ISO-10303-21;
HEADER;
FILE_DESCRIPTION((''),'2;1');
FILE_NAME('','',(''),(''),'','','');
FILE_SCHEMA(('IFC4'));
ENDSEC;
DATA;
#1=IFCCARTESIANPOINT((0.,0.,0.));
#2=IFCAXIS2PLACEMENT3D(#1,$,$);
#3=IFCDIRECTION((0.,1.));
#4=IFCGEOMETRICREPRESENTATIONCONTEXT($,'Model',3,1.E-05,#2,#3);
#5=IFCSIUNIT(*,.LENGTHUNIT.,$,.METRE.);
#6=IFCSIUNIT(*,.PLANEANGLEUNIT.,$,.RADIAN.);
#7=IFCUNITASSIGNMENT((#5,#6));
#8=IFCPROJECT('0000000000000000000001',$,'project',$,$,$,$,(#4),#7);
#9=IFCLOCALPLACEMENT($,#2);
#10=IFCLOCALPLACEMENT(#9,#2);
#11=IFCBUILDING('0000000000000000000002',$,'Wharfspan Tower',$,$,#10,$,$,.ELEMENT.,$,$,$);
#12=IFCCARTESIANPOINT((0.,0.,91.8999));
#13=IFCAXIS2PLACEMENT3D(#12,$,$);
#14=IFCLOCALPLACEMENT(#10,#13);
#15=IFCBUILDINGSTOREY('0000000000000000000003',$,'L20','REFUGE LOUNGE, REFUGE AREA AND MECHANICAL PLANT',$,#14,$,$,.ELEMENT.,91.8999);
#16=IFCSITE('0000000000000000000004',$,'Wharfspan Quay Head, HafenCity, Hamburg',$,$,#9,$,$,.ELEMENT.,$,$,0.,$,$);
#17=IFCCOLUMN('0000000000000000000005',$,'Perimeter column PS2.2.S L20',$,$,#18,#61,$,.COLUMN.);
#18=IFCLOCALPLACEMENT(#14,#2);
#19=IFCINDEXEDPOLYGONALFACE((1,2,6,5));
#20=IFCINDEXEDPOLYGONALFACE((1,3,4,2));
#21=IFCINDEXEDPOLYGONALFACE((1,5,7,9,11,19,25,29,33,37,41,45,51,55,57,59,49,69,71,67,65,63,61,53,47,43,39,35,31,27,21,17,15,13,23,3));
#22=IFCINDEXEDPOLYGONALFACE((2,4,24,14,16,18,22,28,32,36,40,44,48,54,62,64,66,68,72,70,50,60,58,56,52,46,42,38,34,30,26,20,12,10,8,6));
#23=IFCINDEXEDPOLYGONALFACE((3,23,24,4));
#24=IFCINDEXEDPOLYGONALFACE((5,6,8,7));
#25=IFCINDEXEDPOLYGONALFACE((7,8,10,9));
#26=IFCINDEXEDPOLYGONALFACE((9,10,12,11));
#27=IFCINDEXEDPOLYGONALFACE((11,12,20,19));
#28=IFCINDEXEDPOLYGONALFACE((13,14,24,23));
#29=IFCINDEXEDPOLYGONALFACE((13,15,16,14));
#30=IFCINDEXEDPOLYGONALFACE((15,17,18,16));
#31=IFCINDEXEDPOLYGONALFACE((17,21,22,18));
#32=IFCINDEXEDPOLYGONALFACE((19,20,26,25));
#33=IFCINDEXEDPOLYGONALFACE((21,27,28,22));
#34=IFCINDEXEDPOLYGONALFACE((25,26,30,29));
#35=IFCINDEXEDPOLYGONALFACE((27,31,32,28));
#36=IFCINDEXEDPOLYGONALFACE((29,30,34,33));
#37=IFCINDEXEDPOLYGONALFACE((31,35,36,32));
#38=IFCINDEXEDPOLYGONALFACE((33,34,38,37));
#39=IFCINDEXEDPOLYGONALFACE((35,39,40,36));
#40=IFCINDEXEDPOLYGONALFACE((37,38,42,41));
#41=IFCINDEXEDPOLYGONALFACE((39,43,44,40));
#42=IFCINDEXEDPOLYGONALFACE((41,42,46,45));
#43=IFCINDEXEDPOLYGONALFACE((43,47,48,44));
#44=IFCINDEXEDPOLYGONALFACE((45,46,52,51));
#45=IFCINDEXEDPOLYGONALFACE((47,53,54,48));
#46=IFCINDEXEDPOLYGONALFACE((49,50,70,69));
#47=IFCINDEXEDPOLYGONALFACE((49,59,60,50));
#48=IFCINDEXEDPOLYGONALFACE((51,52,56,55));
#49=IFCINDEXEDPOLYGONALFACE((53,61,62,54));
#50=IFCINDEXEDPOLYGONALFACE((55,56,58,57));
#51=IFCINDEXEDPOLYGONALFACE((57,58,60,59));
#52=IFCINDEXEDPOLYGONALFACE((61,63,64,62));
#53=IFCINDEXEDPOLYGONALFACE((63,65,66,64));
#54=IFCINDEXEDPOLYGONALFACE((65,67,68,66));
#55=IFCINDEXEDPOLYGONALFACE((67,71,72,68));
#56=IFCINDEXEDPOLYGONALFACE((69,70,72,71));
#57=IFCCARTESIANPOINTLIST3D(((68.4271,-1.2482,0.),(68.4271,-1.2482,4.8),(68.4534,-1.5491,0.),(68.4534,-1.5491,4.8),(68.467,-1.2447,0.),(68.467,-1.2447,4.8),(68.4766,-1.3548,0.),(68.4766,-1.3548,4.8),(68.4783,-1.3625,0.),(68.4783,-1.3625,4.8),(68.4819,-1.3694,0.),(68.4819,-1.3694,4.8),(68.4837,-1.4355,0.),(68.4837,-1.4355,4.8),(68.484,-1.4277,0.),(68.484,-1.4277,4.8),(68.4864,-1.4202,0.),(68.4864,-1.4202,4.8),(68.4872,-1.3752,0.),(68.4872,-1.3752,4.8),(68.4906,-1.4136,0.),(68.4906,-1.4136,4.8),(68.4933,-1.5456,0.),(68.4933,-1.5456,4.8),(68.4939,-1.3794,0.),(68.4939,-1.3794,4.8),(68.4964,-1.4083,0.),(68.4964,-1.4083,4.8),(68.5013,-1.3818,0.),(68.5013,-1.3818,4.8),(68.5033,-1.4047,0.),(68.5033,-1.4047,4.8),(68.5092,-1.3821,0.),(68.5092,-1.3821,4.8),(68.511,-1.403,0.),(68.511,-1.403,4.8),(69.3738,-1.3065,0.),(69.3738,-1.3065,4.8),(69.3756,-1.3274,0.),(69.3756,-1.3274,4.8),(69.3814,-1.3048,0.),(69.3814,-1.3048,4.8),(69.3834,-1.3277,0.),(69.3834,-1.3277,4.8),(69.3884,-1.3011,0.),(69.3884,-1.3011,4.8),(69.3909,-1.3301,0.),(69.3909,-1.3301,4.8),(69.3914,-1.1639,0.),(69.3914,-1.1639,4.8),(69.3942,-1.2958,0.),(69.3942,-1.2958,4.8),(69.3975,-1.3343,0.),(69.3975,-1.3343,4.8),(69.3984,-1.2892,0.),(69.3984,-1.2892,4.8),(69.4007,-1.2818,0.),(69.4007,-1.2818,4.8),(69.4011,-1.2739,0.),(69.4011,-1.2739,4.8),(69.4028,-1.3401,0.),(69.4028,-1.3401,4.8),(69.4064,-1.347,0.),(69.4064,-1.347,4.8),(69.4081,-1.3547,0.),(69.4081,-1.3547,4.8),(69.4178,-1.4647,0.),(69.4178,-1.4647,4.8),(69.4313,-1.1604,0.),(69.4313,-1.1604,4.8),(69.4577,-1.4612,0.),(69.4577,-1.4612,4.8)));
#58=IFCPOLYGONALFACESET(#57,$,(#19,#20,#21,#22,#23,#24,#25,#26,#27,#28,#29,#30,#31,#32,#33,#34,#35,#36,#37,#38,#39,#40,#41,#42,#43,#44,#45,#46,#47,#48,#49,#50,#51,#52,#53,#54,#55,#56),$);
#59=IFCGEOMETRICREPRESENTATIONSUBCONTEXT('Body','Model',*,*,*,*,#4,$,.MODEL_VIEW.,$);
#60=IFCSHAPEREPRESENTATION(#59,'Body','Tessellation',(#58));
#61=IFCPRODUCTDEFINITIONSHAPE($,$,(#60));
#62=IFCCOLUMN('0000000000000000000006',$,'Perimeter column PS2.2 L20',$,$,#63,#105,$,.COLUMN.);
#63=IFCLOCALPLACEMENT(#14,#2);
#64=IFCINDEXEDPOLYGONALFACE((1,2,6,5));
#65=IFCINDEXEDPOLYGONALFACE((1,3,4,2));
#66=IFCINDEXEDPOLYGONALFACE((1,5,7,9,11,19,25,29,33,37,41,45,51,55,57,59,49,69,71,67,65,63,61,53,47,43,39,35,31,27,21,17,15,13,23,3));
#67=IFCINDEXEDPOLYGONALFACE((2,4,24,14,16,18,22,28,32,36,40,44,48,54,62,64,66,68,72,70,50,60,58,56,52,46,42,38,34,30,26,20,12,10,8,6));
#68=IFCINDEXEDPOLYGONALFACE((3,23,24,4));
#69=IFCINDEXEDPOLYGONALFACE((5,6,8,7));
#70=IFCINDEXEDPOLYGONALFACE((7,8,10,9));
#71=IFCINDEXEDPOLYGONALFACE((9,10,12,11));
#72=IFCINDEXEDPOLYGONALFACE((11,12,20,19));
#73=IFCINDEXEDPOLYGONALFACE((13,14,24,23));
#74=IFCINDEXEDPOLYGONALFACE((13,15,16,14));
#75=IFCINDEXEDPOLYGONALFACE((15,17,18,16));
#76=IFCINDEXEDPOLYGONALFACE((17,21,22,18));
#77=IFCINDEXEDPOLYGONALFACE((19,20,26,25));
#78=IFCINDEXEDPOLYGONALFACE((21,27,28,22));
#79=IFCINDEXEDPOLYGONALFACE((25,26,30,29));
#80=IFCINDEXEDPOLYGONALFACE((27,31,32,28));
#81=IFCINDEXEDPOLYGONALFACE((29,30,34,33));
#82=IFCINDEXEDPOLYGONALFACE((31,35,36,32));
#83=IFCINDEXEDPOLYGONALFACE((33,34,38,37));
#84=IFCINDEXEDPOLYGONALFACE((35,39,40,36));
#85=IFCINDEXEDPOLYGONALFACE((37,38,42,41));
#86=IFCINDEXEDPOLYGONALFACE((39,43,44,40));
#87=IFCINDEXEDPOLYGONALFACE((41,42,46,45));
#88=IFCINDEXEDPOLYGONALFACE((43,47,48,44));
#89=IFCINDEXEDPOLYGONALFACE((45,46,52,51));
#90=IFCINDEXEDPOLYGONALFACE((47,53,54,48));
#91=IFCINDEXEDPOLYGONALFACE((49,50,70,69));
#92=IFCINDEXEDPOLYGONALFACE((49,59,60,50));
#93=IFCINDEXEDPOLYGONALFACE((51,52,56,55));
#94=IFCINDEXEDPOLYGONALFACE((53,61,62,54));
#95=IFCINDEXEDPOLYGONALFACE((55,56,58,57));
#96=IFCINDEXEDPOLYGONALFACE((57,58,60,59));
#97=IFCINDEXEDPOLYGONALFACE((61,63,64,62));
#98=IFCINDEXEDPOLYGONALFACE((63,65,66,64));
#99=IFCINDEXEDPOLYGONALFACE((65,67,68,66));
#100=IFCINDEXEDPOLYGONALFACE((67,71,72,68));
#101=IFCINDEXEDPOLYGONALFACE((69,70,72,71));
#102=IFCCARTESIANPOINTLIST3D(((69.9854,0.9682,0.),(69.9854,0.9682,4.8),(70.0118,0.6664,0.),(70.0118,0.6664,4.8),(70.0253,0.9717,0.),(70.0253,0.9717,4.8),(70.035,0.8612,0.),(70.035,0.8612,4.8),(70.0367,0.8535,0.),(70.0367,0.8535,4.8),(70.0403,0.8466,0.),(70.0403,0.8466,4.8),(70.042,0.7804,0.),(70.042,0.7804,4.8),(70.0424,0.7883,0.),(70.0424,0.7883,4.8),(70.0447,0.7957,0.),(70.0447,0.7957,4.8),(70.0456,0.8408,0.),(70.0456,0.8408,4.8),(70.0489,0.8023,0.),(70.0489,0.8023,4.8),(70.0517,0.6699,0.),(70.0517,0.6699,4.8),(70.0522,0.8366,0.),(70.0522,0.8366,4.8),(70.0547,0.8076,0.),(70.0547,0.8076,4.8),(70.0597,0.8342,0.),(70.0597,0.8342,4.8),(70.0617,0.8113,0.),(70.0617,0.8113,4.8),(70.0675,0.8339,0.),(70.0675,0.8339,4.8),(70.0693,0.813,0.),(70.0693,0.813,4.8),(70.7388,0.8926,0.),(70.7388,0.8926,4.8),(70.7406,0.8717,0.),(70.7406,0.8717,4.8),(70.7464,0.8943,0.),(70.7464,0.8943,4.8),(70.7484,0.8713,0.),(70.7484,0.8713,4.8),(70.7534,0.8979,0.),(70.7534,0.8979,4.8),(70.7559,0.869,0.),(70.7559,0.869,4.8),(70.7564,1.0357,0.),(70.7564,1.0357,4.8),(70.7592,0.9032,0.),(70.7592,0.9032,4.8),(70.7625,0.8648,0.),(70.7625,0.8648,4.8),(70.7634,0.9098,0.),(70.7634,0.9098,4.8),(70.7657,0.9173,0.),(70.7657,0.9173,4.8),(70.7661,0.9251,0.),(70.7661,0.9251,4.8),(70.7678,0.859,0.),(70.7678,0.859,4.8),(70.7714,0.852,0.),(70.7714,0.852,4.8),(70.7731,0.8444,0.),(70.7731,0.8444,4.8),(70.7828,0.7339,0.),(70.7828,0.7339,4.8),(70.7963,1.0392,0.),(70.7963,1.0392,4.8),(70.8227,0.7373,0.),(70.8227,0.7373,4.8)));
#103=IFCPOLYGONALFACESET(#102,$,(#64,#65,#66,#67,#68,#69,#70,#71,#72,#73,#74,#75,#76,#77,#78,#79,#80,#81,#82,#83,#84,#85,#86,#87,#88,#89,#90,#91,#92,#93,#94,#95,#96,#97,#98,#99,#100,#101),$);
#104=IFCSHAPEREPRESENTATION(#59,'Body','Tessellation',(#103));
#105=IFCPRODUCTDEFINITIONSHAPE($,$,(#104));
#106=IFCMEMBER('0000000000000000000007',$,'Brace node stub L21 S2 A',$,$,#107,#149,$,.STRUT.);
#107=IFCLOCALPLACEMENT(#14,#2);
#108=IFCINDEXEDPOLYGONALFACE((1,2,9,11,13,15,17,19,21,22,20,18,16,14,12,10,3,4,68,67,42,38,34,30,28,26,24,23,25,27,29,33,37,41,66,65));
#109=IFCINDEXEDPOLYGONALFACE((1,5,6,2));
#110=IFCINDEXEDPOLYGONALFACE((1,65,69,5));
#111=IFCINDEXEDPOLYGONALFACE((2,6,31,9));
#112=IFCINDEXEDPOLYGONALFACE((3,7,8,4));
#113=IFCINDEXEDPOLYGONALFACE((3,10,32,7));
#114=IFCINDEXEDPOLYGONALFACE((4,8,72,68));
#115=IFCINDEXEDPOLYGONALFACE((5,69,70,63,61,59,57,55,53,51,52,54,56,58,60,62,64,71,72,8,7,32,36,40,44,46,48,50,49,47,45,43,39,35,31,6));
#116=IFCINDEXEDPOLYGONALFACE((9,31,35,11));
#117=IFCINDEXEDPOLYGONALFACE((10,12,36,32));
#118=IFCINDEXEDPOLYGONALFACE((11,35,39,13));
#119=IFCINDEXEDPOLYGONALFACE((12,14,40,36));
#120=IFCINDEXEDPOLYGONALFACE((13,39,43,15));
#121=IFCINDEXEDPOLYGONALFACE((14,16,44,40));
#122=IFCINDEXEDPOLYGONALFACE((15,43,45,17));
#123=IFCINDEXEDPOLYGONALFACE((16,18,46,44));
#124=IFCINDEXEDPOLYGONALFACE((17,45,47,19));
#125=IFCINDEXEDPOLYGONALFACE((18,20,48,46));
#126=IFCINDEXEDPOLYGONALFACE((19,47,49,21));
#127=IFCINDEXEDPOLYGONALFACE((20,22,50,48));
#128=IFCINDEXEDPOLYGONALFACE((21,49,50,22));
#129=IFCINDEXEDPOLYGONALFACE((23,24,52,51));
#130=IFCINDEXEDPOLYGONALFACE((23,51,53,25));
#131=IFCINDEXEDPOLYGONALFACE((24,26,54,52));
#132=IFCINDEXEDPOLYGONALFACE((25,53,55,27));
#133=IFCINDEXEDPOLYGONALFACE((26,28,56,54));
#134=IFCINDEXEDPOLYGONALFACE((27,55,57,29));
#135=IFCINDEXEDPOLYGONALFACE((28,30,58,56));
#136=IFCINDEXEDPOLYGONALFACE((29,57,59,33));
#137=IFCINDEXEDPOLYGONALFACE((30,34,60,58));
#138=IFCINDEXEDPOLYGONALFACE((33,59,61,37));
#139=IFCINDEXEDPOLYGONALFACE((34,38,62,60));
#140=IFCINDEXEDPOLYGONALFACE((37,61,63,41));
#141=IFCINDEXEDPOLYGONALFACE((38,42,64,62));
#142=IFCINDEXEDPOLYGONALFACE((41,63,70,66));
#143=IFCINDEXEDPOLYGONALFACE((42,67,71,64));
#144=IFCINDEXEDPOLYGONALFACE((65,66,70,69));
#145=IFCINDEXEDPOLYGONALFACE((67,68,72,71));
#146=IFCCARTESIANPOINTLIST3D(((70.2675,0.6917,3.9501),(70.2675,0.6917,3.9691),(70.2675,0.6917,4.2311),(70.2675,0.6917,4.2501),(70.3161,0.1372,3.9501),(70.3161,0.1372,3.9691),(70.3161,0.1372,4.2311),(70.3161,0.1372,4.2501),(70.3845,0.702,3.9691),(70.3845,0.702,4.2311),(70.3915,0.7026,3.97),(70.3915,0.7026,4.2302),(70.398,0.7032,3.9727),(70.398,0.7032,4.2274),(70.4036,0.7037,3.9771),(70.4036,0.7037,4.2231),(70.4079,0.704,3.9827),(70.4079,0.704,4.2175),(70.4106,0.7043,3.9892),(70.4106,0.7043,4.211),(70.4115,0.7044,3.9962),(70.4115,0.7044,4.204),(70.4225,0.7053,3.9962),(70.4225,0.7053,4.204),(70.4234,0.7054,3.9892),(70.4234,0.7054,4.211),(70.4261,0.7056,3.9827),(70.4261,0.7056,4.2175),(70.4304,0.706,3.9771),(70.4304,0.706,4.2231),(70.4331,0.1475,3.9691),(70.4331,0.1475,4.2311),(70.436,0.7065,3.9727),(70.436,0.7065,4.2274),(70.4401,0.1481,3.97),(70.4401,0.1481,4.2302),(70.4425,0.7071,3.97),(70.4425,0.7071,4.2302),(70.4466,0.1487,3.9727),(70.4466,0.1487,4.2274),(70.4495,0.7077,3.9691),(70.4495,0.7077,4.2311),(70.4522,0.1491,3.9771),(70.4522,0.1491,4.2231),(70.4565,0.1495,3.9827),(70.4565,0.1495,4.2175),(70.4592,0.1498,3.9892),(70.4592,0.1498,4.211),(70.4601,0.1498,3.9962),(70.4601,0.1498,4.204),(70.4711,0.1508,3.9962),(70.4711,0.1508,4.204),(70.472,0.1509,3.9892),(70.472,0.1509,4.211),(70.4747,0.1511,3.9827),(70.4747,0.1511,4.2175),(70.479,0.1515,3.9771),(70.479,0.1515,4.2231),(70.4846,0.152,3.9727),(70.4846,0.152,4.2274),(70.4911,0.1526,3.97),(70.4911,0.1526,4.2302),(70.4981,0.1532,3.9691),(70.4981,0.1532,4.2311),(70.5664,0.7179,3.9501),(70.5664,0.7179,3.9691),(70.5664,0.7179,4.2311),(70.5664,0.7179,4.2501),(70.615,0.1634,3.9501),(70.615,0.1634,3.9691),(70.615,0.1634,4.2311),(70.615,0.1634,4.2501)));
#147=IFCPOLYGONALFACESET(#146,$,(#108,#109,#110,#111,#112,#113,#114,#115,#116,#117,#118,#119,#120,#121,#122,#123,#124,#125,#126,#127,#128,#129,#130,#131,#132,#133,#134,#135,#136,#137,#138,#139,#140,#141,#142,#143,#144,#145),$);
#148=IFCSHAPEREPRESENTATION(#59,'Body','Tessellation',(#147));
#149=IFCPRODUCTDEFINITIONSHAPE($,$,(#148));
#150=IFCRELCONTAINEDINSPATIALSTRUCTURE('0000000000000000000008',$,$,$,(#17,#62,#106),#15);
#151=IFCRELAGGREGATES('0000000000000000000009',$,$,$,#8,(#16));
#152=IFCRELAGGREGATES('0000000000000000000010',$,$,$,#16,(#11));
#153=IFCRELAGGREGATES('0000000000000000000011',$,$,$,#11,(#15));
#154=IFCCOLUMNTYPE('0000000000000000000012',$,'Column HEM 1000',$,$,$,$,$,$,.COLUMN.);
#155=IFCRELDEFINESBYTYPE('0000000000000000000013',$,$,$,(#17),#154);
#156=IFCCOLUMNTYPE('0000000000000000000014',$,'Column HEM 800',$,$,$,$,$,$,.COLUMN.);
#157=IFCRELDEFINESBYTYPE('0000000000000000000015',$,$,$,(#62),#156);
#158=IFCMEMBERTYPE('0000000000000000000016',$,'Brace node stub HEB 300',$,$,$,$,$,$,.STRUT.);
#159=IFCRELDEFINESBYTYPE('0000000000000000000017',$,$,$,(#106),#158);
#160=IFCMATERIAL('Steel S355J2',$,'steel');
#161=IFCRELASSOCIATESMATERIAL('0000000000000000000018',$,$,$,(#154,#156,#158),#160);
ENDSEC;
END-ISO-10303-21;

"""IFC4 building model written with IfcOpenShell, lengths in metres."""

from ifc_helpers import new_model, si_unit, direction, frame, origin, origin_2d, place, context, subcontext, project, spatial, i_section, extrude, material, material_profile, profile_set, type_object, element, save


model = new_model("IFC4")

# Units and contexts
model_context = context("Model", 3, precision=1e-05, world=origin(), true_north=direction((0.0, 1.0)))
body_context = subcontext(model_context, "Body", "Model", "MODEL_VIEW")
ifc_project = project(units=[si_unit("LENGTHUNIT", "METRE"), si_unit("PLANEANGLEUNIT", "RADIAN")], contexts=[model_context])

# Site, building, storey
site_placement = place(None, origin())
site = spatial("IfcSite", under=ifc_project, at=site_placement, Name="Wharfspan Quay Head, HafenCity, Hamburg", CompositionType="ELEMENT", RefElevation=0.0)
building_placement = place(site_placement, origin())
building = spatial("IfcBuilding", under=site, at=building_placement, Name="Wharfspan Tower", CompositionType="ELEMENT")
storey_placement = place(building_placement, frame((0.0, 0.0, 91.8999)))
storey = spatial("IfcBuildingStorey", under=building, at=storey_placement, Name="L20", Description="REFUGE LOUNGE, REFUGE AREA AND MECHANICAL PLANT", CompositionType="ELEMENT", Elevation=91.8999)

# Columns
ifc_material_1 = material(Name="Steel S355J2", Category="steel")
ifc_material_profile_1 = material_profile(ifc_material_1, i_section(OverallWidth=0.302, OverallDepth=1.0081, WebThickness=0.021, FlangeThickness=0.04, FilletRadius=0.03, at=origin_2d()))
ifc_profile_set_1 = profile_set([ifc_material_profile_1], Name="Steel S355J2")
column_type_1 = type_object("IfcColumnType", Name="Column HEM 1000", PredefinedType="COLUMN", material=ifc_profile_set_1)
column_1_placement = place(storey_placement, frame((68.9424, -1.3547, 0.0), z_axis=(0.0, 0.0, 1.0), x_axis=(0.087156, -0.996198, 0.0)))
element("IfcColumn", 1, at=column_1_placement, inside=storey, type_object=column_type_1, Name="Perimeter column PS2.2.S L20", PredefinedType="COLUMN", context=body_context, shape_type="SweptSolid", body=[
    extrude(i_section(OverallWidth=0.302, OverallDepth=1.0081, WebThickness=0.021, FlangeThickness=0.04, FilletRadius=0.03, at=origin_2d()), origin(), (0.0, 0.0, 1.0), 4.8),
])
ifc_material_profile_2 = material_profile(ifc_material_1, i_section(OverallWidth=0.303, OverallDepth=0.814, WebThickness=0.021, FlangeThickness=0.04, FilletRadius=0.03, at=origin_2d()))
ifc_profile_set_2 = profile_set([ifc_material_profile_2], Name="Steel S355J2")
column_type_2 = type_object("IfcColumnType", Name="Column HEM 800", PredefinedType="COLUMN", material=ifc_profile_set_2)
column_2_placement = place(storey_placement, frame((70.4041, 0.8528, 0.0), z_axis=(0.0, 0.0, 1.0), x_axis=(0.087156, -0.996198, 0.0)))
element("IfcColumn", 2, at=column_2_placement, inside=storey, type_object=column_type_2, Name="Perimeter column PS2.2 L20", PredefinedType="COLUMN", context=body_context, shape_type="SweptSolid", body=[
    extrude(i_section(OverallWidth=0.303, OverallDepth=0.814, WebThickness=0.021, FlangeThickness=0.04, FilletRadius=0.03, at=origin_2d()), origin(), (0.0, 0.0, 1.0), 4.8),
])

# Member
ifc_material_profile_3 = material_profile(ifc_material_1, i_section(OverallWidth=0.3, OverallDepth=0.3, WebThickness=0.011, FlangeThickness=0.019, FilletRadius=0.0271, at=origin_2d()))
ifc_profile_set_3 = profile_set([ifc_material_profile_3], Name="Steel S355J2")
member_type_1 = type_object("IfcMemberType", Name="Brace node stub HEB 300", PredefinedType="STRUT", material=ifc_profile_set_3)
member_1_placement = place(storey_placement, frame((70.417, 0.7048, 4.1001), z_axis=(0.087292, -0.996183, 0.0), x_axis=(0.996183, 0.087292, 0.0)))
element("IfcMember", 3, at=member_1_placement, inside=storey, type_object=member_type_1, Name="Brace node stub L21 S2 A", PredefinedType="STRUT", context=body_context, shape_type="SweptSolid", body=[
    extrude(i_section(OverallWidth=0.3, OverallDepth=0.3, WebThickness=0.011, FlangeThickness=0.019, FilletRadius=0.0271, at=origin_2d()), origin(), (0.0, 0.0, 1.0), 0.5566),
])

save(model, "model.ifc")
